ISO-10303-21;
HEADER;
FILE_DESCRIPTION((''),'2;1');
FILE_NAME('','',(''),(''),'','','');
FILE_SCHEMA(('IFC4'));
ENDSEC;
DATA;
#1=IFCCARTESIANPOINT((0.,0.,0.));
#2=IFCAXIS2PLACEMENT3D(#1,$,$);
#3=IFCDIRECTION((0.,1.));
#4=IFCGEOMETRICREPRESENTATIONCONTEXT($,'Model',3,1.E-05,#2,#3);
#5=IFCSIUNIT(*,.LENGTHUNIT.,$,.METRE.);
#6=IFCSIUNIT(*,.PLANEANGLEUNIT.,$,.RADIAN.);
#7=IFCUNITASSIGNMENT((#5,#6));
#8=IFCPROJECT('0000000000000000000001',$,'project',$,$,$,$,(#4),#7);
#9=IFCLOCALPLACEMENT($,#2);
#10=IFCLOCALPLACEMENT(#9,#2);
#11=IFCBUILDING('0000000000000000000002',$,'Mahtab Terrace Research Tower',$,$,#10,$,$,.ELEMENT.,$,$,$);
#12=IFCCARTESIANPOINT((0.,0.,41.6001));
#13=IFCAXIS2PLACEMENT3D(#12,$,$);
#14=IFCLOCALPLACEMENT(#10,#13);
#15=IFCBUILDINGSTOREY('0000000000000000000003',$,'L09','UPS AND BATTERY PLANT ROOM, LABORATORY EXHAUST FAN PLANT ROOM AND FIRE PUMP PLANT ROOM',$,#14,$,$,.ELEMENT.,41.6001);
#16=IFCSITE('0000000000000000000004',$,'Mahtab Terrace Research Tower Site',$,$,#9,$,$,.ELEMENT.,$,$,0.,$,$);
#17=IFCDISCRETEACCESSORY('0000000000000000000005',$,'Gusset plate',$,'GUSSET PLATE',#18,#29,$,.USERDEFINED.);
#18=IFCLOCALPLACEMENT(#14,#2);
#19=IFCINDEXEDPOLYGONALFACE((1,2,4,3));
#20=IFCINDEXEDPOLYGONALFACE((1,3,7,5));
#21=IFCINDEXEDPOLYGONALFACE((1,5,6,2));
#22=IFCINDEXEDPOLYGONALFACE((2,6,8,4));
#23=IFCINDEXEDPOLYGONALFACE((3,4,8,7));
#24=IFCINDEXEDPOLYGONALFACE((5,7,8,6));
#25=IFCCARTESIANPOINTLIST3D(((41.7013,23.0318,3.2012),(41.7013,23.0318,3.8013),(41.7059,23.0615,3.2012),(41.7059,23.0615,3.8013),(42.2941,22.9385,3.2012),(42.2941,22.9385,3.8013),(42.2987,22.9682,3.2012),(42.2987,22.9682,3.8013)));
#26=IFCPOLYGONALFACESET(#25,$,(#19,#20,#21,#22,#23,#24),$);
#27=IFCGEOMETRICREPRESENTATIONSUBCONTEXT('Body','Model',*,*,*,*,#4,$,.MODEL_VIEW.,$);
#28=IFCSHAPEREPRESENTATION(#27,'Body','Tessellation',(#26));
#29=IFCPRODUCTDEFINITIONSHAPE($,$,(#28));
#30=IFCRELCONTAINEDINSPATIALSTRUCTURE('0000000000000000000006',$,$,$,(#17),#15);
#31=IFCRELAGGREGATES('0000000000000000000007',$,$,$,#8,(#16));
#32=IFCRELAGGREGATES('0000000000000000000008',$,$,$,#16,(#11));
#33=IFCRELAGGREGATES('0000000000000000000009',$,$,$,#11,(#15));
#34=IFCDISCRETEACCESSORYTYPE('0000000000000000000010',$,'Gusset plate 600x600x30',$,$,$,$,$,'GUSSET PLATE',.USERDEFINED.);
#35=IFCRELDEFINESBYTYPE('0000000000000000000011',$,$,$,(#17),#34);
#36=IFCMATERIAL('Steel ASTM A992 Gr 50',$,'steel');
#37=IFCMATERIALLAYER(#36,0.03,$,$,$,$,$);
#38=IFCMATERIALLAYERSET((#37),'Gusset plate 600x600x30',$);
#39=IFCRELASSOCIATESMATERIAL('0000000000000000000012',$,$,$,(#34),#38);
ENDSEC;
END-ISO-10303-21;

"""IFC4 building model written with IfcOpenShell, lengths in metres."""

from ifc_helpers import new_model, si_unit, direction, frame, origin, origin_2d, place, context, subcontext, project, spatial, rectangle, extrude, material, layer, layer_set, type_object, element, save


model = new_model("IFC4")

# Units and contexts
model_context = context("Model", 3, precision=1e-05, world=origin(), true_north=direction((0.0, 1.0)))
body_context = subcontext(model_context, "Body", "Model", "MODEL_VIEW")
ifc_project = project(units=[si_unit("LENGTHUNIT", "METRE"), si_unit("PLANEANGLEUNIT", "RADIAN")], contexts=[model_context])

# Site, building, storey
site_placement = place(None, origin())
site = spatial("IfcSite", under=ifc_project, at=site_placement, Name="Mahtab Terrace Research Tower Site", CompositionType="ELEMENT", RefElevation=0.0)
building_placement = place(site_placement, origin())
building = spatial("IfcBuilding", under=site, at=building_placement, Name="Mahtab Terrace Research Tower", CompositionType="ELEMENT")
storey_placement = place(building_placement, frame((0.0, 0.0, 41.6001)))
storey = spatial("IfcBuildingStorey", under=building, at=storey_placement, Name="L09", Description="UPS AND BATTERY PLANT ROOM, LABORATORY EXHAUST FAN PLANT ROOM AND FIRE PUMP PLANT ROOM", CompositionType="ELEMENT", Elevation=41.6001)

# Shared definitions
ifc_material_1 = material(Name="Steel ASTM A992 Gr 50", Category="steel")

# Discrete accessory
ifc_layer_1 = layer(ifc_material_1, 0.03)
ifc_layer_set_1 = layer_set([ifc_layer_1], Name="Gusset plate 600x600x30")
discrete_accessory_type_1 = type_object("IfcDiscreteAccessoryType", Name="Gusset plate 600x600x30", ElementType="GUSSET PLATE", PredefinedType="USERDEFINED", material=ifc_layer_set_1)
for number, where, z_axis, x_axis, name in (
    (1, (42.0, 23.0, 3.2012), (0.0, 0.0, 1.0), (-0.987835, 0.155504, 0.0), "Gusset plate"),
):
    element("IfcDiscreteAccessory", number, at=place(storey_placement, frame(where, z_axis=z_axis, x_axis=x_axis)), inside=storey, type_object=discrete_accessory_type_1, Name=name, ObjectType="GUSSET PLATE", PredefinedType="USERDEFINED", context=body_context, shape_type="SweptSolid", body=[
        extrude(rectangle(XDim=0.6001, YDim=0.03, at=origin_2d()), origin(), (0.0, 0.0, 1.0), 0.6001),
    ])

save(model, "model.ifc")
